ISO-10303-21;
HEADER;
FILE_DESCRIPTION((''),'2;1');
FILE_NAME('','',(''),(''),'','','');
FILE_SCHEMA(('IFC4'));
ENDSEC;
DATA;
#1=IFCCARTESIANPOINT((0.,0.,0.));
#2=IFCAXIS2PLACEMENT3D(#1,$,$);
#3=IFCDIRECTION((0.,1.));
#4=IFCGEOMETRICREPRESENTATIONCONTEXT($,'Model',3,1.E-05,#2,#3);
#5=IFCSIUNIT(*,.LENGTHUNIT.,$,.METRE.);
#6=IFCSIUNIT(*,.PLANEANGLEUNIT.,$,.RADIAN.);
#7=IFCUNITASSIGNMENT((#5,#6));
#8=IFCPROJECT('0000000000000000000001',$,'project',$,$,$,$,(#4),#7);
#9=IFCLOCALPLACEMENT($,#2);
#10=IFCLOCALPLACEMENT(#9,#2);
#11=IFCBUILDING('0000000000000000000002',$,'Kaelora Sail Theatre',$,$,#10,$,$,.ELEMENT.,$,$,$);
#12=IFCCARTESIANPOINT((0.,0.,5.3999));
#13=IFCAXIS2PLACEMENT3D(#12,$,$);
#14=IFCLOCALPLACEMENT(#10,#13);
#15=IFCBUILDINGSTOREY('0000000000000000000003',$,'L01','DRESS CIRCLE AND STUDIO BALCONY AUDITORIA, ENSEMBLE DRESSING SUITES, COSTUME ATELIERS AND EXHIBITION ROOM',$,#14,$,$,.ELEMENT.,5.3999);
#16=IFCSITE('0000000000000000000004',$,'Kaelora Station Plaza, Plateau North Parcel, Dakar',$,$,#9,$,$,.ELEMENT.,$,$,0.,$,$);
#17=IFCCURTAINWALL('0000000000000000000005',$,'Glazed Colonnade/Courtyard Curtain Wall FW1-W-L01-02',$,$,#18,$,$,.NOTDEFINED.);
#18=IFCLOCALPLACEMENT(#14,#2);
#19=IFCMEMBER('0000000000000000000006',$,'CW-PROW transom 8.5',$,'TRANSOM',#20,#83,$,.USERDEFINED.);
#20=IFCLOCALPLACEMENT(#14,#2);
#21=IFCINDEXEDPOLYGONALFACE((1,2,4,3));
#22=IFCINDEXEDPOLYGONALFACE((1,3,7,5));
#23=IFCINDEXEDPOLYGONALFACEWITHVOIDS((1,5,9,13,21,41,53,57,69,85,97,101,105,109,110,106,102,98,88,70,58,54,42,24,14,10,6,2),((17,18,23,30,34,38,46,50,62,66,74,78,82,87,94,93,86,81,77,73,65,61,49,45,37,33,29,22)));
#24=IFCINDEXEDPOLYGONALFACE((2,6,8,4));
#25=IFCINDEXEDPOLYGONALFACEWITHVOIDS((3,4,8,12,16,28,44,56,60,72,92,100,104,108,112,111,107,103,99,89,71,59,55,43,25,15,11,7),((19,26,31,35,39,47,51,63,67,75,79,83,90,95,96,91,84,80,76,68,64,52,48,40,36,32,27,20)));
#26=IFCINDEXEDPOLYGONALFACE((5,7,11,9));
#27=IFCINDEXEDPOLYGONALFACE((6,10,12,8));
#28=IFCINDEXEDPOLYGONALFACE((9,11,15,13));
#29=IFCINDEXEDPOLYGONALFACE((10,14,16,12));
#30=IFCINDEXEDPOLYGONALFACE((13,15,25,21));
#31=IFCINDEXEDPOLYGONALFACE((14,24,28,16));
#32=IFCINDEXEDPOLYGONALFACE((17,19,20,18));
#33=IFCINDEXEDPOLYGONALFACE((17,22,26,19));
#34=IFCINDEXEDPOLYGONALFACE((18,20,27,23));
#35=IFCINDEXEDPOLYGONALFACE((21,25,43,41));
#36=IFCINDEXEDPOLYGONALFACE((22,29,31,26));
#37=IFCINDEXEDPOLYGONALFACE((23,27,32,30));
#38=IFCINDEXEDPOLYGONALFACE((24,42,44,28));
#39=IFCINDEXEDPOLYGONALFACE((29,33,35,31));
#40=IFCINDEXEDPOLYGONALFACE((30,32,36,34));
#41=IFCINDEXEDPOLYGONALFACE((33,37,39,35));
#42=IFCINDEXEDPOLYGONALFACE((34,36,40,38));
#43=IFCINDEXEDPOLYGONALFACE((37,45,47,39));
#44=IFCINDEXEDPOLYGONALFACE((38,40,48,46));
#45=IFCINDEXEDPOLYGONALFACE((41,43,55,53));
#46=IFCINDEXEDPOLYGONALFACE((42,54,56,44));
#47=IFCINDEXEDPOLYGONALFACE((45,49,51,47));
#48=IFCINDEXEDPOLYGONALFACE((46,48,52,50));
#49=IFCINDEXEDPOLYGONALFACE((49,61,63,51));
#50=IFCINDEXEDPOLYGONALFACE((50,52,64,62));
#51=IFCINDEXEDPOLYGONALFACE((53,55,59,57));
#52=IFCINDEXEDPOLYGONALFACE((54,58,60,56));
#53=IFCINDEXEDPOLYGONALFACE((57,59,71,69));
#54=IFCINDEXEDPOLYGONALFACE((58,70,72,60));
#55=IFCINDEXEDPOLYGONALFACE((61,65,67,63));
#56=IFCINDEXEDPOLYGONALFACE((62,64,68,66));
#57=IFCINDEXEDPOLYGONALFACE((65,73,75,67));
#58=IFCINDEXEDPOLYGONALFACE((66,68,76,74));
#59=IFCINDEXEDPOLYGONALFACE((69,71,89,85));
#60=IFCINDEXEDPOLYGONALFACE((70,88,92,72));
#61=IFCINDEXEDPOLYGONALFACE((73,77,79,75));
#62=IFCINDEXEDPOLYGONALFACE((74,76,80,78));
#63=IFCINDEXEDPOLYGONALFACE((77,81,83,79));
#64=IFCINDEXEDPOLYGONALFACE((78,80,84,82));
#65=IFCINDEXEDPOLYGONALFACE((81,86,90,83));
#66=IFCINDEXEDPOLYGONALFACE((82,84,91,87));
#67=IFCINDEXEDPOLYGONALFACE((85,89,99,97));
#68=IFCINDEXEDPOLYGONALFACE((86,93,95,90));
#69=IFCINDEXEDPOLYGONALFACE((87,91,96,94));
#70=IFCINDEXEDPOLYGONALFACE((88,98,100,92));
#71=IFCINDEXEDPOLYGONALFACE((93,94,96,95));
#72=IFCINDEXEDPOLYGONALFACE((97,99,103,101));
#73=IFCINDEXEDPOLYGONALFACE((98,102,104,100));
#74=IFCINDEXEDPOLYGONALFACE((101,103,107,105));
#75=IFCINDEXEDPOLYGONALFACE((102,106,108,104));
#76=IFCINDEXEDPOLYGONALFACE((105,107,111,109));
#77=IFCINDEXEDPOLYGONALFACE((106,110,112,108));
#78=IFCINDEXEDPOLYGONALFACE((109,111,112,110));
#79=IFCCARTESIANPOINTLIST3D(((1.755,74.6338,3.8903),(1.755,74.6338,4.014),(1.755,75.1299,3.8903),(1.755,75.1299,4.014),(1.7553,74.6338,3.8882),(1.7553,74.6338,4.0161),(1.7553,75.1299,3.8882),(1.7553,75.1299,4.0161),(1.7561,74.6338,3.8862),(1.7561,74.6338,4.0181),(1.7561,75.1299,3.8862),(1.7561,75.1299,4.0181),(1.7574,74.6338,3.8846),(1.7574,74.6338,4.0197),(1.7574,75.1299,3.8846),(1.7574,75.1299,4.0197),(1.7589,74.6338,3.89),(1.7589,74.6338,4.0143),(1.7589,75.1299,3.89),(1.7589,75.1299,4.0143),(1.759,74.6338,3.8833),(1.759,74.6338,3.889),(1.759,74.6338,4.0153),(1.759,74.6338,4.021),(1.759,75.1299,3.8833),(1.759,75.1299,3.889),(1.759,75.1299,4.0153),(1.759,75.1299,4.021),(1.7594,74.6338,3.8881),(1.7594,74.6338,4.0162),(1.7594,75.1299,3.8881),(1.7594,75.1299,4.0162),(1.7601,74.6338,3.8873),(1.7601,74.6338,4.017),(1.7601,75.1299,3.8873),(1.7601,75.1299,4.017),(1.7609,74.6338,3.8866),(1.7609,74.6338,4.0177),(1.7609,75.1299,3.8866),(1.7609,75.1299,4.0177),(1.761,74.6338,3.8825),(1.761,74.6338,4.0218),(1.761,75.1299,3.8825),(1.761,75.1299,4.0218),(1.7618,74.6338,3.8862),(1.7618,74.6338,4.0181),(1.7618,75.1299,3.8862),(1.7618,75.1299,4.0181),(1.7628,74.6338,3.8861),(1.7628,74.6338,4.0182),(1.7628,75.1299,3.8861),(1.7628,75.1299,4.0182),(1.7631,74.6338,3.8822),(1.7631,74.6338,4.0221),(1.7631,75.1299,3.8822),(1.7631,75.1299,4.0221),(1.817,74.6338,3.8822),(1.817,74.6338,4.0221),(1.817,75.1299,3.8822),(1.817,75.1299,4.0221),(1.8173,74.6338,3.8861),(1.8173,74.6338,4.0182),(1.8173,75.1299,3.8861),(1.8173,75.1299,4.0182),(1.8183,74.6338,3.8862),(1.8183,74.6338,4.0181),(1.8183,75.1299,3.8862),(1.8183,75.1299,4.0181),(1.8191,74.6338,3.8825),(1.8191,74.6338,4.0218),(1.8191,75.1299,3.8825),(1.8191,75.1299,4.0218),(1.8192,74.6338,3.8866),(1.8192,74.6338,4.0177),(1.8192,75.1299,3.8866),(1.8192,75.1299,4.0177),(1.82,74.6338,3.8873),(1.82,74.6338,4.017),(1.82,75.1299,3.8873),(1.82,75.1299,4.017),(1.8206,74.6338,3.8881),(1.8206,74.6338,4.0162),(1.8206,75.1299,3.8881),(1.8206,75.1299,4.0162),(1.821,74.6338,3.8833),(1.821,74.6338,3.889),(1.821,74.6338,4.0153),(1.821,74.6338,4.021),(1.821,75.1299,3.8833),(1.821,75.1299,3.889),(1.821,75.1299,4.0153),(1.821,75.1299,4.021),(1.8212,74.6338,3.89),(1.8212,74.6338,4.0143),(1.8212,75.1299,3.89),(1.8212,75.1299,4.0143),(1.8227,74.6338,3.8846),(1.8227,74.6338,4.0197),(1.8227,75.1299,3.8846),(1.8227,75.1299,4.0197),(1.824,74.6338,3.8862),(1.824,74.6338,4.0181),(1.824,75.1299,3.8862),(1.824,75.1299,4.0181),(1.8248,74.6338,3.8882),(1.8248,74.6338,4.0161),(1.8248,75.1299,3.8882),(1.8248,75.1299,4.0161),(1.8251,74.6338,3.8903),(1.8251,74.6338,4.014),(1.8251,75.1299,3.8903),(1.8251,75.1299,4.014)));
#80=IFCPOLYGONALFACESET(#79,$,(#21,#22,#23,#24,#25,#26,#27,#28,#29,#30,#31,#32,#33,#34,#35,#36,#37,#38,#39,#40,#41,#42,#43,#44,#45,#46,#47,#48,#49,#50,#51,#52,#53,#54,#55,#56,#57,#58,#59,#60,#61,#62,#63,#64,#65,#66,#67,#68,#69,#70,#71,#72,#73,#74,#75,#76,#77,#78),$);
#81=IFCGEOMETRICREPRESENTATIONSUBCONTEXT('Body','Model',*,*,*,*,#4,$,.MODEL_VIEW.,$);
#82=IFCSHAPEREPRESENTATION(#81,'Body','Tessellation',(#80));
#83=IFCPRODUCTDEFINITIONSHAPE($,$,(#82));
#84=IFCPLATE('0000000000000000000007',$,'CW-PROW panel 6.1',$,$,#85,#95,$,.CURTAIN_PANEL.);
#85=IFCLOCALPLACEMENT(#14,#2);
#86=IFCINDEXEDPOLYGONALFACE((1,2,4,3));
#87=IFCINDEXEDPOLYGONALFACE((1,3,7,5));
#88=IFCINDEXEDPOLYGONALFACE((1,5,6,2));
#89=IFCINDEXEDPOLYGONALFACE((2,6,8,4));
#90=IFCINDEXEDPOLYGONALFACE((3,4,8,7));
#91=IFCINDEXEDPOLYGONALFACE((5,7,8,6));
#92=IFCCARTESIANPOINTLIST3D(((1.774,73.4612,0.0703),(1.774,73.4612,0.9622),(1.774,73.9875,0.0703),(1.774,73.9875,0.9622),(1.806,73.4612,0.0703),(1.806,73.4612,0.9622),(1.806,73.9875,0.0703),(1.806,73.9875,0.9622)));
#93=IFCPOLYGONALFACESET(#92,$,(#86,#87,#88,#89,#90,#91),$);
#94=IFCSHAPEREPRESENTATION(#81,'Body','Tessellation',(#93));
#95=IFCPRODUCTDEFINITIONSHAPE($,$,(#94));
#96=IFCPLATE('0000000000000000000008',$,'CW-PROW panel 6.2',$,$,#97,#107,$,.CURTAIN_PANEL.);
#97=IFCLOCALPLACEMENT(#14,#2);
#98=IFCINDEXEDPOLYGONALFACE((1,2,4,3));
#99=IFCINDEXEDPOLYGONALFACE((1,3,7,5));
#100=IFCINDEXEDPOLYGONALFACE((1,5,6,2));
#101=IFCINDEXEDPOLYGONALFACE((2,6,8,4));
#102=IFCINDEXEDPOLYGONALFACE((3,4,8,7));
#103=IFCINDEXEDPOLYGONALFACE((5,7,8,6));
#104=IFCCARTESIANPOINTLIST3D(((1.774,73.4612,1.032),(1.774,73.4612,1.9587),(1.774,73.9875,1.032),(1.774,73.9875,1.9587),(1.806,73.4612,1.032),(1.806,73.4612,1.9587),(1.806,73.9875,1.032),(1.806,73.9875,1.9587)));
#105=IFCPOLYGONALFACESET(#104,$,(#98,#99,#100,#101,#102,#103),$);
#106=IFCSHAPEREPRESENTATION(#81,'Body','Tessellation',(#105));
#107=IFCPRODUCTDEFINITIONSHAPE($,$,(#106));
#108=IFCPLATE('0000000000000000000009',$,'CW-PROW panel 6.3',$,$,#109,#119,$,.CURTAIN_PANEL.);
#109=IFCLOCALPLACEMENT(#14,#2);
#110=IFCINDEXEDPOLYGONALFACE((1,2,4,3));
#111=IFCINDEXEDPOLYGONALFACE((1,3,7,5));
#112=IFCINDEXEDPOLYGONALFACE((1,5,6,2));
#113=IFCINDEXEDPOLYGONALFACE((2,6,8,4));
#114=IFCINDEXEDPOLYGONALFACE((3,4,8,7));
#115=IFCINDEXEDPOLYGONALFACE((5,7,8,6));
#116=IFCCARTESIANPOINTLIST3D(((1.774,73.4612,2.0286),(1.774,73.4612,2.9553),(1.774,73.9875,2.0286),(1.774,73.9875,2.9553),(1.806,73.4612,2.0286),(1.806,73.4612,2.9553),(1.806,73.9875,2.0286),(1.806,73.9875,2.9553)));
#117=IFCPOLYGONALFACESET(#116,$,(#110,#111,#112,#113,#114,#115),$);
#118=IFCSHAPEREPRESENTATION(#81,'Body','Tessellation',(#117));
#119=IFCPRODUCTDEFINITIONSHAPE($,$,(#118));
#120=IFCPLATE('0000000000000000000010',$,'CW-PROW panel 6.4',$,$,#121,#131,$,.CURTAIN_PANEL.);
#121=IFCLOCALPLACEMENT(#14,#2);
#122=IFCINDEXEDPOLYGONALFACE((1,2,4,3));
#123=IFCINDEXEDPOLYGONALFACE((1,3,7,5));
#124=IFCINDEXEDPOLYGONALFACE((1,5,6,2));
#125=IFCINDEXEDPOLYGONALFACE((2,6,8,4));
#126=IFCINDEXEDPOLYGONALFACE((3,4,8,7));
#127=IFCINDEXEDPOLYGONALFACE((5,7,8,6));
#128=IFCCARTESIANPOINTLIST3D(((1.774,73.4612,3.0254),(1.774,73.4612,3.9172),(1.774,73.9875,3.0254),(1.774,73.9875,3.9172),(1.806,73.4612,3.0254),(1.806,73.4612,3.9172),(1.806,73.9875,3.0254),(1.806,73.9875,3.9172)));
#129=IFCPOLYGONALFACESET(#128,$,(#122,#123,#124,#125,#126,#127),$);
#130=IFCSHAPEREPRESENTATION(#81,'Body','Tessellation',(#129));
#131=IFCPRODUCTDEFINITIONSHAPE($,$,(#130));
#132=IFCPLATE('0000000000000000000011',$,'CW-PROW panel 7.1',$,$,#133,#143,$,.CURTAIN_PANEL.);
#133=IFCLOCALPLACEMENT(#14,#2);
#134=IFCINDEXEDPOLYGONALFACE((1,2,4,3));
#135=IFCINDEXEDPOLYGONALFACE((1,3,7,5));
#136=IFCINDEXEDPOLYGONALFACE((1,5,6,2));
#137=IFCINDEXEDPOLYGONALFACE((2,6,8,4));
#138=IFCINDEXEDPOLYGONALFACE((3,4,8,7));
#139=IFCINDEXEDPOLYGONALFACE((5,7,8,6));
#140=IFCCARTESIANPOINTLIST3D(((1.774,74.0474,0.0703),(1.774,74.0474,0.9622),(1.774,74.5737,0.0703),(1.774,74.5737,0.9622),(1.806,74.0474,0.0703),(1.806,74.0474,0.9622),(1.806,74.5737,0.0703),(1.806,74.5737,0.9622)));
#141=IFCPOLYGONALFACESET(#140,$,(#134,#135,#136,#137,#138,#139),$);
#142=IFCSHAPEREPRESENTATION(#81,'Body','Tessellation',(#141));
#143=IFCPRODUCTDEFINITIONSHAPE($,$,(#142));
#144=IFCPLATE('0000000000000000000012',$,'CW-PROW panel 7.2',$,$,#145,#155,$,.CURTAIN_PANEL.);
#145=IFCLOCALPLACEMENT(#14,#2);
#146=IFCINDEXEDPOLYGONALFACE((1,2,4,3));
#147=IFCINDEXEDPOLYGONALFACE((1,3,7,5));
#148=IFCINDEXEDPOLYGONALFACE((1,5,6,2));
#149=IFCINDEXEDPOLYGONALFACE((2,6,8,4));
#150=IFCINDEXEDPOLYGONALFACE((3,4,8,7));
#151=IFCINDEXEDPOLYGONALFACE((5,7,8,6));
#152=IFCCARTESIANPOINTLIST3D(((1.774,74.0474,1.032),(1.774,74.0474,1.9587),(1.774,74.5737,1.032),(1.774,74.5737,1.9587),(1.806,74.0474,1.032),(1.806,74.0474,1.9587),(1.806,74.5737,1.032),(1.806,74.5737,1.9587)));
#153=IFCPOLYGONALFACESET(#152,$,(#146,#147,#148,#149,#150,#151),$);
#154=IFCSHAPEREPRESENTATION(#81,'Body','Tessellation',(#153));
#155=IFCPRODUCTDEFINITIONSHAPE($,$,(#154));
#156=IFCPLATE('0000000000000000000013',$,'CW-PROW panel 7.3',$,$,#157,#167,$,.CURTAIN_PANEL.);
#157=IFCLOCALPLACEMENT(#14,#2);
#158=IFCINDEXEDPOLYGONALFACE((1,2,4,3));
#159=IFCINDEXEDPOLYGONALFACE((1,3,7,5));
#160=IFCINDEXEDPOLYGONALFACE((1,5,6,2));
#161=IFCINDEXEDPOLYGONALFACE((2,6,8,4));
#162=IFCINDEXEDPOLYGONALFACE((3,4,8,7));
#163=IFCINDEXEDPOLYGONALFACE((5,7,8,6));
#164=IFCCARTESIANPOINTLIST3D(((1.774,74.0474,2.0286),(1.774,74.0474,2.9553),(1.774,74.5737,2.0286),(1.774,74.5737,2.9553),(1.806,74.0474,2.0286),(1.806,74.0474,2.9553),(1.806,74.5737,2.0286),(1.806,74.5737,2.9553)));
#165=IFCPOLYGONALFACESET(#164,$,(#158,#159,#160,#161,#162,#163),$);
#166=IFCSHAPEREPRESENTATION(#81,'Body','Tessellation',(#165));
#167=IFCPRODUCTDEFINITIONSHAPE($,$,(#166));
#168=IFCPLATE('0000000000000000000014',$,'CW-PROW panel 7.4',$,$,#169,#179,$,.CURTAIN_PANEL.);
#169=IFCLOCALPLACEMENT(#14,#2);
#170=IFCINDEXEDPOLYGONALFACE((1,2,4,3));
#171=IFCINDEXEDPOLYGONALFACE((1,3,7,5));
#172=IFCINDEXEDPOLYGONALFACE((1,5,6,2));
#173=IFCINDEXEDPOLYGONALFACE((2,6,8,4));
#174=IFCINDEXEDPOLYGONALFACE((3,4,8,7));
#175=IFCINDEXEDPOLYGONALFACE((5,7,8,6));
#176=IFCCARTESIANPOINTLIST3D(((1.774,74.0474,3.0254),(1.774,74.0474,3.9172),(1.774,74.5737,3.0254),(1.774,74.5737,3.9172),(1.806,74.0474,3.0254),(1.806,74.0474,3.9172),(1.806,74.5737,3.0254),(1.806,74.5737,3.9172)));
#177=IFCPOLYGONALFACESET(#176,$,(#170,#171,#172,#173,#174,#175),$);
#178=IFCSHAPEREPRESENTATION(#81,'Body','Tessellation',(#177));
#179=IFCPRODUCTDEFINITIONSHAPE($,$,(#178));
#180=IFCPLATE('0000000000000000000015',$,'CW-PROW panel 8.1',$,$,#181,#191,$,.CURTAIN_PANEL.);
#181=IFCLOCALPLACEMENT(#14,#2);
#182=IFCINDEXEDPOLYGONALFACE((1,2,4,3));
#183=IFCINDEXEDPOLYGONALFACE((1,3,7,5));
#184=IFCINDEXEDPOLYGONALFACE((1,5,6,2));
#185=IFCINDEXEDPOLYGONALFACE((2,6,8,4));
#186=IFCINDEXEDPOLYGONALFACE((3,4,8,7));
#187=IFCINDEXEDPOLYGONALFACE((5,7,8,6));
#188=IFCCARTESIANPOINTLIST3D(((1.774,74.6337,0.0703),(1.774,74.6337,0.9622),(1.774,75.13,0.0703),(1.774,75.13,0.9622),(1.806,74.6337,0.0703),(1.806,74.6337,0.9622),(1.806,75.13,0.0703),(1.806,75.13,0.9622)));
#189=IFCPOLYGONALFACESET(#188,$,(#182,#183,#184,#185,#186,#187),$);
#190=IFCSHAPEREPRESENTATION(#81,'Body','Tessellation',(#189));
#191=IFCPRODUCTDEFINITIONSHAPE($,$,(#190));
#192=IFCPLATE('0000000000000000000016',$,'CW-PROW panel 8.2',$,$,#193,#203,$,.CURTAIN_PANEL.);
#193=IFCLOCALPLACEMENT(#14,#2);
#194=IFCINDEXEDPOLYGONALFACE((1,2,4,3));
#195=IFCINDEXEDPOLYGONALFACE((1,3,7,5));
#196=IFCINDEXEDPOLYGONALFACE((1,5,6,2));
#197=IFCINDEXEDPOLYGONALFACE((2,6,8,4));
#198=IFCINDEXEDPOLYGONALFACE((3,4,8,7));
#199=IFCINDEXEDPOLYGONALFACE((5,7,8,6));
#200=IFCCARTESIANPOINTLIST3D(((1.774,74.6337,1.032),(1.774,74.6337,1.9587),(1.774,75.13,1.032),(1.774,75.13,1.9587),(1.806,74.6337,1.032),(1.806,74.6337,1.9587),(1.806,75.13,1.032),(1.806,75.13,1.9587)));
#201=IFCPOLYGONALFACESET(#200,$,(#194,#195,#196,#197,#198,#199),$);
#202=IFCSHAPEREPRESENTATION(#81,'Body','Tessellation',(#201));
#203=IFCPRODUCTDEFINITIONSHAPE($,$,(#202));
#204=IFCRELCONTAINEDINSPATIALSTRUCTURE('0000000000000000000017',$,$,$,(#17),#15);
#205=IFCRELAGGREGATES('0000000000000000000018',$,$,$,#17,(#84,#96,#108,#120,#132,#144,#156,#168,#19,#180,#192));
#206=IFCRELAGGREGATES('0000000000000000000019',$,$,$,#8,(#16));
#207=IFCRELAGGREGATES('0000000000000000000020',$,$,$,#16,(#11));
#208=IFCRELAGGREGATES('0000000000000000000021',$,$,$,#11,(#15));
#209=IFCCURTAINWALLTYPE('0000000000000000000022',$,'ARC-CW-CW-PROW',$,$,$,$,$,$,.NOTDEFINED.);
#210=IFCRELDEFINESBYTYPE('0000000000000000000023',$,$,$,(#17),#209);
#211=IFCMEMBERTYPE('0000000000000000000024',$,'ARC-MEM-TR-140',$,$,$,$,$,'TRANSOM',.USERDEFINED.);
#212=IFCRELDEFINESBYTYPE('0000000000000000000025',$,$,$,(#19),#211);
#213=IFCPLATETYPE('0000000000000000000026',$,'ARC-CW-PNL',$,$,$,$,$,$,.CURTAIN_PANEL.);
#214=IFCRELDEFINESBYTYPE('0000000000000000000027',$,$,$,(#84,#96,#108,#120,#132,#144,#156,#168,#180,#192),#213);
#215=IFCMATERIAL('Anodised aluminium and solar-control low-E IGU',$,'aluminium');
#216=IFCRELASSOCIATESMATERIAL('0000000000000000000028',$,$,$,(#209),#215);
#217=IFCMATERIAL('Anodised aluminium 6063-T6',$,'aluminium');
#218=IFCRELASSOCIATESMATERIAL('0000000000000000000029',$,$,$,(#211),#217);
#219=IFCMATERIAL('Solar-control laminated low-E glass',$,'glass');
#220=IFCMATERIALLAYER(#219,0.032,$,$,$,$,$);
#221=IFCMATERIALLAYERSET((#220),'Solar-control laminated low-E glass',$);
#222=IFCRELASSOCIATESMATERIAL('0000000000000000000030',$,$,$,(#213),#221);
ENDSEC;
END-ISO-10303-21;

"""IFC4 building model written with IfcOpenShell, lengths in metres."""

from ifc_helpers import new_model, si_unit, direction, frame, origin, origin_2d, place, context, subcontext, project, spatial, rectangle, hollow_rectangle, extrude, material, layer, layer_set, material_profile, profile_set, type_object, element, aggregate, save


model = new_model("IFC4")

# Units and contexts
model_context = context("Model", 3, precision=1e-05, world=origin(), true_north=direction((0.0, 1.0)))
body_context = subcontext(model_context, "Body", "Model", "MODEL_VIEW")
ifc_project = project(units=[si_unit("LENGTHUNIT", "METRE"), si_unit("PLANEANGLEUNIT", "RADIAN")], contexts=[model_context])

# Site, building, storey
site_placement = place(None, origin())
site = spatial("IfcSite", under=ifc_project, at=site_placement, Name="Kaelora Station Plaza, Plateau North Parcel, Dakar", CompositionType="ELEMENT", RefElevation=0.0)
building_placement = place(site_placement, origin())
building = spatial("IfcBuilding", under=site, at=building_placement, Name="Kaelora Sail Theatre", CompositionType="ELEMENT")
storey_placement = place(building_placement, frame((0.0, 0.0, 5.3999)))
storey = spatial("IfcBuildingStorey", under=building, at=storey_placement, Name="L01", Description="DRESS CIRCLE AND STUDIO BALCONY AUDITORIA, ENSEMBLE DRESSING SUITES, COSTUME ATELIERS AND EXHIBITION ROOM", CompositionType="ELEMENT", Elevation=5.3999)

# Curtain wall, member, plates
ifc_material_1 = material(Name="Anodised aluminium and solar-control low-E IGU", Category="aluminium")
curtain_wall_type = type_object("IfcCurtainWallType", Name="ARC-CW-CW-PROW", PredefinedType="NOTDEFINED", material=ifc_material_1)
curtain_wall_placement = place(storey_placement, origin())
curtain_wall = element("IfcCurtainWall", 1, at=curtain_wall_placement, inside=storey, type_object=curtain_wall_type, Name="Glazed Colonnade/Courtyard Curtain Wall FW1-W-L01-02", PredefinedType="NOTDEFINED")
ifc_material_2 = material(Name="Anodised aluminium 6063-T6", Category="aluminium")
ifc_material_profile_1 = material_profile(ifc_material_2, hollow_rectangle(XDim=0.0701, YDim=0.1399, WallThickness=0.0039, InnerFilletRadius=0.0039, OuterFilletRadius=0.0081, at=origin_2d()), Name="ALU-TRAN 70x140x4")
ifc_profile_set_1 = profile_set([ifc_material_profile_1], Name="Anodised aluminium 6063-T6")
member_type_1 = type_object("IfcMemberType", Name="ARC-MEM-TR-140", ElementType="TRANSOM", PredefinedType="USERDEFINED", material=ifc_profile_set_1)
member_1_placement = place(storey_placement, frame((1.79, 74.6338, 3.9521), z_axis=(0.0, 1.0, 0.0), x_axis=(-1.0, 0.0, 0.0)))
member_1 = element("IfcMember", 2, at=member_1_placement, type_object=member_type_1, Name="CW-PROW transom 8.5", ObjectType="TRANSOM", PredefinedType="USERDEFINED", context=body_context, shape_type="SweptSolid", body=[
    extrude(hollow_rectangle(XDim=0.0701, YDim=0.1399, WallThickness=0.0039, InnerFilletRadius=0.0039, OuterFilletRadius=0.0081, at=origin_2d()), origin(), (0.0, 0.0, 1.0), 0.4961),
])
ifc_material_3 = material(Name="Solar-control laminated low-E glass", Category="glass")
ifc_layer = layer(ifc_material_3, 0.032)
ifc_layer_set = layer_set([ifc_layer], Name="Solar-control laminated low-E glass")
plate_type = type_object("IfcPlateType", Name="ARC-CW-PNL", PredefinedType="CURTAIN_PANEL", material=ifc_layer_set)
plate_1_placement = place(storey_placement, frame((1.79, 73.7244, 0.0703), z_axis=(0.0, 0.0, 1.0), x_axis=(0.0, 1.0, 0.0)))
plate_1 = element("IfcPlate", 3, at=plate_1_placement, type_object=plate_type, Name="CW-PROW panel 6.1", PredefinedType="CURTAIN_PANEL", context=body_context, shape_type="SweptSolid", body=[
    extrude(rectangle(XDim=0.5264, YDim=0.032, at=origin_2d()), origin(), (0.0, 0.0, 1.0), 0.8918),
])
plate_2_placement = place(storey_placement, frame((1.79, 73.7244, 1.032), z_axis=(0.0, 0.0, 1.0), x_axis=(0.0, 1.0, 0.0)))
plate_2 = element("IfcPlate", 4, at=plate_2_placement, type_object=plate_type, Name="CW-PROW panel 6.2", PredefinedType="CURTAIN_PANEL", context=body_context, shape_type="SweptSolid", body=[
    extrude(rectangle(XDim=0.5264, YDim=0.032, at=origin_2d()), origin(), (0.0, 0.0, 1.0), 0.9268),
])
plate_3_placement = place(storey_placement, frame((1.79, 73.7244, 2.0286), z_axis=(0.0, 0.0, 1.0), x_axis=(0.0, 1.0, 0.0)))
plate_3 = element("IfcPlate", 5, at=plate_3_placement, type_object=plate_type, Name="CW-PROW panel 6.3", PredefinedType="CURTAIN_PANEL", context=body_context, shape_type="SweptSolid", body=[
    extrude(rectangle(XDim=0.5264, YDim=0.032, at=origin_2d()), origin(), (0.0, 0.0, 1.0), 0.9268),
])
plate_4_placement = place(storey_placement, frame((1.79, 73.7244, 3.0254), z_axis=(0.0, 0.0, 1.0), x_axis=(0.0, 1.0, 0.0)))
plate_4 = element("IfcPlate", 6, at=plate_4_placement, type_object=plate_type, Name="CW-PROW panel 6.4", PredefinedType="CURTAIN_PANEL", context=body_context, shape_type="SweptSolid", body=[
    extrude(rectangle(XDim=0.5264, YDim=0.032, at=origin_2d()), origin(), (0.0, 0.0, 1.0), 0.8918),
])
plate_5_placement = place(storey_placement, frame((1.79, 74.3105, 0.0703), z_axis=(0.0, 0.0, 1.0), x_axis=(0.0, 1.0, 0.0)))
plate_5 = element("IfcPlate", 7, at=plate_5_placement, type_object=plate_type, Name="CW-PROW panel 7.1", PredefinedType="CURTAIN_PANEL", context=body_context, shape_type="SweptSolid", body=[
    extrude(rectangle(XDim=0.5264, YDim=0.032, at=origin_2d()), origin(), (0.0, 0.0, 1.0), 0.8918),
])
plate_6_placement = place(storey_placement, frame((1.79, 74.3105, 1.032), z_axis=(0.0, 0.0, 1.0), x_axis=(0.0, 1.0, 0.0)))
plate_6 = element("IfcPlate", 8, at=plate_6_placement, type_object=plate_type, Name="CW-PROW panel 7.2", PredefinedType="CURTAIN_PANEL", context=body_context, shape_type="SweptSolid", body=[
    extrude(rectangle(XDim=0.5264, YDim=0.032, at=origin_2d()), origin(), (0.0, 0.0, 1.0), 0.9268),
])
plate_7_placement = place(storey_placement, frame((1.79, 74.3105, 2.0286), z_axis=(0.0, 0.0, 1.0), x_axis=(0.0, 1.0, 0.0)))
plate_7 = element("IfcPlate", 9, at=plate_7_placement, type_object=plate_type, Name="CW-PROW panel 7.3", PredefinedType="CURTAIN_PANEL", context=body_context, shape_type="SweptSolid", body=[
    extrude(rectangle(XDim=0.5264, YDim=0.032, at=origin_2d()), origin(), (0.0, 0.0, 1.0), 0.9268),
])
plate_8_placement = place(storey_placement, frame((1.79, 74.3105, 3.0254), z_axis=(0.0, 0.0, 1.0), x_axis=(0.0, 1.0, 0.0)))
plate_8 = element("IfcPlate", 10, at=plate_8_placement, type_object=plate_type, Name="CW-PROW panel 7.4", PredefinedType="CURTAIN_PANEL", context=body_context, shape_type="SweptSolid", body=[
    extrude(rectangle(XDim=0.5264, YDim=0.032, at=origin_2d()), origin(), (0.0, 0.0, 1.0), 0.8918),
])
plate_9_placement = place(storey_placement, frame((1.79, 74.8818, 0.0703), z_axis=(0.0, 0.0, 1.0), x_axis=(0.0, 1.0, 0.0)))
plate_9 = element("IfcPlate", 11, at=plate_9_placement, type_object=plate_type, Name="CW-PROW panel 8.1", PredefinedType="CURTAIN_PANEL", context=body_context, shape_type="SweptSolid", body=[
    extrude(rectangle(XDim=0.4963, YDim=0.032, at=origin_2d()), origin(), (0.0, 0.0, 1.0), 0.8918),
])
plate_10_placement = place(storey_placement, frame((1.79, 74.8818, 1.032), z_axis=(0.0, 0.0, 1.0), x_axis=(0.0, 1.0, 0.0)))
plate_10 = element("IfcPlate", 12, at=plate_10_placement, type_object=plate_type, Name="CW-PROW panel 8.2", PredefinedType="CURTAIN_PANEL", context=body_context, shape_type="SweptSolid", body=[
    extrude(rectangle(XDim=0.4963, YDim=0.032, at=origin_2d()), origin(), (0.0, 0.0, 1.0), 0.9268),
])
aggregate(curtain_wall, [plate_1, plate_2, plate_3, plate_4, plate_5, plate_6, plate_7, plate_8, member_1, plate_9, plate_10])

save(model, "model.ifc")
